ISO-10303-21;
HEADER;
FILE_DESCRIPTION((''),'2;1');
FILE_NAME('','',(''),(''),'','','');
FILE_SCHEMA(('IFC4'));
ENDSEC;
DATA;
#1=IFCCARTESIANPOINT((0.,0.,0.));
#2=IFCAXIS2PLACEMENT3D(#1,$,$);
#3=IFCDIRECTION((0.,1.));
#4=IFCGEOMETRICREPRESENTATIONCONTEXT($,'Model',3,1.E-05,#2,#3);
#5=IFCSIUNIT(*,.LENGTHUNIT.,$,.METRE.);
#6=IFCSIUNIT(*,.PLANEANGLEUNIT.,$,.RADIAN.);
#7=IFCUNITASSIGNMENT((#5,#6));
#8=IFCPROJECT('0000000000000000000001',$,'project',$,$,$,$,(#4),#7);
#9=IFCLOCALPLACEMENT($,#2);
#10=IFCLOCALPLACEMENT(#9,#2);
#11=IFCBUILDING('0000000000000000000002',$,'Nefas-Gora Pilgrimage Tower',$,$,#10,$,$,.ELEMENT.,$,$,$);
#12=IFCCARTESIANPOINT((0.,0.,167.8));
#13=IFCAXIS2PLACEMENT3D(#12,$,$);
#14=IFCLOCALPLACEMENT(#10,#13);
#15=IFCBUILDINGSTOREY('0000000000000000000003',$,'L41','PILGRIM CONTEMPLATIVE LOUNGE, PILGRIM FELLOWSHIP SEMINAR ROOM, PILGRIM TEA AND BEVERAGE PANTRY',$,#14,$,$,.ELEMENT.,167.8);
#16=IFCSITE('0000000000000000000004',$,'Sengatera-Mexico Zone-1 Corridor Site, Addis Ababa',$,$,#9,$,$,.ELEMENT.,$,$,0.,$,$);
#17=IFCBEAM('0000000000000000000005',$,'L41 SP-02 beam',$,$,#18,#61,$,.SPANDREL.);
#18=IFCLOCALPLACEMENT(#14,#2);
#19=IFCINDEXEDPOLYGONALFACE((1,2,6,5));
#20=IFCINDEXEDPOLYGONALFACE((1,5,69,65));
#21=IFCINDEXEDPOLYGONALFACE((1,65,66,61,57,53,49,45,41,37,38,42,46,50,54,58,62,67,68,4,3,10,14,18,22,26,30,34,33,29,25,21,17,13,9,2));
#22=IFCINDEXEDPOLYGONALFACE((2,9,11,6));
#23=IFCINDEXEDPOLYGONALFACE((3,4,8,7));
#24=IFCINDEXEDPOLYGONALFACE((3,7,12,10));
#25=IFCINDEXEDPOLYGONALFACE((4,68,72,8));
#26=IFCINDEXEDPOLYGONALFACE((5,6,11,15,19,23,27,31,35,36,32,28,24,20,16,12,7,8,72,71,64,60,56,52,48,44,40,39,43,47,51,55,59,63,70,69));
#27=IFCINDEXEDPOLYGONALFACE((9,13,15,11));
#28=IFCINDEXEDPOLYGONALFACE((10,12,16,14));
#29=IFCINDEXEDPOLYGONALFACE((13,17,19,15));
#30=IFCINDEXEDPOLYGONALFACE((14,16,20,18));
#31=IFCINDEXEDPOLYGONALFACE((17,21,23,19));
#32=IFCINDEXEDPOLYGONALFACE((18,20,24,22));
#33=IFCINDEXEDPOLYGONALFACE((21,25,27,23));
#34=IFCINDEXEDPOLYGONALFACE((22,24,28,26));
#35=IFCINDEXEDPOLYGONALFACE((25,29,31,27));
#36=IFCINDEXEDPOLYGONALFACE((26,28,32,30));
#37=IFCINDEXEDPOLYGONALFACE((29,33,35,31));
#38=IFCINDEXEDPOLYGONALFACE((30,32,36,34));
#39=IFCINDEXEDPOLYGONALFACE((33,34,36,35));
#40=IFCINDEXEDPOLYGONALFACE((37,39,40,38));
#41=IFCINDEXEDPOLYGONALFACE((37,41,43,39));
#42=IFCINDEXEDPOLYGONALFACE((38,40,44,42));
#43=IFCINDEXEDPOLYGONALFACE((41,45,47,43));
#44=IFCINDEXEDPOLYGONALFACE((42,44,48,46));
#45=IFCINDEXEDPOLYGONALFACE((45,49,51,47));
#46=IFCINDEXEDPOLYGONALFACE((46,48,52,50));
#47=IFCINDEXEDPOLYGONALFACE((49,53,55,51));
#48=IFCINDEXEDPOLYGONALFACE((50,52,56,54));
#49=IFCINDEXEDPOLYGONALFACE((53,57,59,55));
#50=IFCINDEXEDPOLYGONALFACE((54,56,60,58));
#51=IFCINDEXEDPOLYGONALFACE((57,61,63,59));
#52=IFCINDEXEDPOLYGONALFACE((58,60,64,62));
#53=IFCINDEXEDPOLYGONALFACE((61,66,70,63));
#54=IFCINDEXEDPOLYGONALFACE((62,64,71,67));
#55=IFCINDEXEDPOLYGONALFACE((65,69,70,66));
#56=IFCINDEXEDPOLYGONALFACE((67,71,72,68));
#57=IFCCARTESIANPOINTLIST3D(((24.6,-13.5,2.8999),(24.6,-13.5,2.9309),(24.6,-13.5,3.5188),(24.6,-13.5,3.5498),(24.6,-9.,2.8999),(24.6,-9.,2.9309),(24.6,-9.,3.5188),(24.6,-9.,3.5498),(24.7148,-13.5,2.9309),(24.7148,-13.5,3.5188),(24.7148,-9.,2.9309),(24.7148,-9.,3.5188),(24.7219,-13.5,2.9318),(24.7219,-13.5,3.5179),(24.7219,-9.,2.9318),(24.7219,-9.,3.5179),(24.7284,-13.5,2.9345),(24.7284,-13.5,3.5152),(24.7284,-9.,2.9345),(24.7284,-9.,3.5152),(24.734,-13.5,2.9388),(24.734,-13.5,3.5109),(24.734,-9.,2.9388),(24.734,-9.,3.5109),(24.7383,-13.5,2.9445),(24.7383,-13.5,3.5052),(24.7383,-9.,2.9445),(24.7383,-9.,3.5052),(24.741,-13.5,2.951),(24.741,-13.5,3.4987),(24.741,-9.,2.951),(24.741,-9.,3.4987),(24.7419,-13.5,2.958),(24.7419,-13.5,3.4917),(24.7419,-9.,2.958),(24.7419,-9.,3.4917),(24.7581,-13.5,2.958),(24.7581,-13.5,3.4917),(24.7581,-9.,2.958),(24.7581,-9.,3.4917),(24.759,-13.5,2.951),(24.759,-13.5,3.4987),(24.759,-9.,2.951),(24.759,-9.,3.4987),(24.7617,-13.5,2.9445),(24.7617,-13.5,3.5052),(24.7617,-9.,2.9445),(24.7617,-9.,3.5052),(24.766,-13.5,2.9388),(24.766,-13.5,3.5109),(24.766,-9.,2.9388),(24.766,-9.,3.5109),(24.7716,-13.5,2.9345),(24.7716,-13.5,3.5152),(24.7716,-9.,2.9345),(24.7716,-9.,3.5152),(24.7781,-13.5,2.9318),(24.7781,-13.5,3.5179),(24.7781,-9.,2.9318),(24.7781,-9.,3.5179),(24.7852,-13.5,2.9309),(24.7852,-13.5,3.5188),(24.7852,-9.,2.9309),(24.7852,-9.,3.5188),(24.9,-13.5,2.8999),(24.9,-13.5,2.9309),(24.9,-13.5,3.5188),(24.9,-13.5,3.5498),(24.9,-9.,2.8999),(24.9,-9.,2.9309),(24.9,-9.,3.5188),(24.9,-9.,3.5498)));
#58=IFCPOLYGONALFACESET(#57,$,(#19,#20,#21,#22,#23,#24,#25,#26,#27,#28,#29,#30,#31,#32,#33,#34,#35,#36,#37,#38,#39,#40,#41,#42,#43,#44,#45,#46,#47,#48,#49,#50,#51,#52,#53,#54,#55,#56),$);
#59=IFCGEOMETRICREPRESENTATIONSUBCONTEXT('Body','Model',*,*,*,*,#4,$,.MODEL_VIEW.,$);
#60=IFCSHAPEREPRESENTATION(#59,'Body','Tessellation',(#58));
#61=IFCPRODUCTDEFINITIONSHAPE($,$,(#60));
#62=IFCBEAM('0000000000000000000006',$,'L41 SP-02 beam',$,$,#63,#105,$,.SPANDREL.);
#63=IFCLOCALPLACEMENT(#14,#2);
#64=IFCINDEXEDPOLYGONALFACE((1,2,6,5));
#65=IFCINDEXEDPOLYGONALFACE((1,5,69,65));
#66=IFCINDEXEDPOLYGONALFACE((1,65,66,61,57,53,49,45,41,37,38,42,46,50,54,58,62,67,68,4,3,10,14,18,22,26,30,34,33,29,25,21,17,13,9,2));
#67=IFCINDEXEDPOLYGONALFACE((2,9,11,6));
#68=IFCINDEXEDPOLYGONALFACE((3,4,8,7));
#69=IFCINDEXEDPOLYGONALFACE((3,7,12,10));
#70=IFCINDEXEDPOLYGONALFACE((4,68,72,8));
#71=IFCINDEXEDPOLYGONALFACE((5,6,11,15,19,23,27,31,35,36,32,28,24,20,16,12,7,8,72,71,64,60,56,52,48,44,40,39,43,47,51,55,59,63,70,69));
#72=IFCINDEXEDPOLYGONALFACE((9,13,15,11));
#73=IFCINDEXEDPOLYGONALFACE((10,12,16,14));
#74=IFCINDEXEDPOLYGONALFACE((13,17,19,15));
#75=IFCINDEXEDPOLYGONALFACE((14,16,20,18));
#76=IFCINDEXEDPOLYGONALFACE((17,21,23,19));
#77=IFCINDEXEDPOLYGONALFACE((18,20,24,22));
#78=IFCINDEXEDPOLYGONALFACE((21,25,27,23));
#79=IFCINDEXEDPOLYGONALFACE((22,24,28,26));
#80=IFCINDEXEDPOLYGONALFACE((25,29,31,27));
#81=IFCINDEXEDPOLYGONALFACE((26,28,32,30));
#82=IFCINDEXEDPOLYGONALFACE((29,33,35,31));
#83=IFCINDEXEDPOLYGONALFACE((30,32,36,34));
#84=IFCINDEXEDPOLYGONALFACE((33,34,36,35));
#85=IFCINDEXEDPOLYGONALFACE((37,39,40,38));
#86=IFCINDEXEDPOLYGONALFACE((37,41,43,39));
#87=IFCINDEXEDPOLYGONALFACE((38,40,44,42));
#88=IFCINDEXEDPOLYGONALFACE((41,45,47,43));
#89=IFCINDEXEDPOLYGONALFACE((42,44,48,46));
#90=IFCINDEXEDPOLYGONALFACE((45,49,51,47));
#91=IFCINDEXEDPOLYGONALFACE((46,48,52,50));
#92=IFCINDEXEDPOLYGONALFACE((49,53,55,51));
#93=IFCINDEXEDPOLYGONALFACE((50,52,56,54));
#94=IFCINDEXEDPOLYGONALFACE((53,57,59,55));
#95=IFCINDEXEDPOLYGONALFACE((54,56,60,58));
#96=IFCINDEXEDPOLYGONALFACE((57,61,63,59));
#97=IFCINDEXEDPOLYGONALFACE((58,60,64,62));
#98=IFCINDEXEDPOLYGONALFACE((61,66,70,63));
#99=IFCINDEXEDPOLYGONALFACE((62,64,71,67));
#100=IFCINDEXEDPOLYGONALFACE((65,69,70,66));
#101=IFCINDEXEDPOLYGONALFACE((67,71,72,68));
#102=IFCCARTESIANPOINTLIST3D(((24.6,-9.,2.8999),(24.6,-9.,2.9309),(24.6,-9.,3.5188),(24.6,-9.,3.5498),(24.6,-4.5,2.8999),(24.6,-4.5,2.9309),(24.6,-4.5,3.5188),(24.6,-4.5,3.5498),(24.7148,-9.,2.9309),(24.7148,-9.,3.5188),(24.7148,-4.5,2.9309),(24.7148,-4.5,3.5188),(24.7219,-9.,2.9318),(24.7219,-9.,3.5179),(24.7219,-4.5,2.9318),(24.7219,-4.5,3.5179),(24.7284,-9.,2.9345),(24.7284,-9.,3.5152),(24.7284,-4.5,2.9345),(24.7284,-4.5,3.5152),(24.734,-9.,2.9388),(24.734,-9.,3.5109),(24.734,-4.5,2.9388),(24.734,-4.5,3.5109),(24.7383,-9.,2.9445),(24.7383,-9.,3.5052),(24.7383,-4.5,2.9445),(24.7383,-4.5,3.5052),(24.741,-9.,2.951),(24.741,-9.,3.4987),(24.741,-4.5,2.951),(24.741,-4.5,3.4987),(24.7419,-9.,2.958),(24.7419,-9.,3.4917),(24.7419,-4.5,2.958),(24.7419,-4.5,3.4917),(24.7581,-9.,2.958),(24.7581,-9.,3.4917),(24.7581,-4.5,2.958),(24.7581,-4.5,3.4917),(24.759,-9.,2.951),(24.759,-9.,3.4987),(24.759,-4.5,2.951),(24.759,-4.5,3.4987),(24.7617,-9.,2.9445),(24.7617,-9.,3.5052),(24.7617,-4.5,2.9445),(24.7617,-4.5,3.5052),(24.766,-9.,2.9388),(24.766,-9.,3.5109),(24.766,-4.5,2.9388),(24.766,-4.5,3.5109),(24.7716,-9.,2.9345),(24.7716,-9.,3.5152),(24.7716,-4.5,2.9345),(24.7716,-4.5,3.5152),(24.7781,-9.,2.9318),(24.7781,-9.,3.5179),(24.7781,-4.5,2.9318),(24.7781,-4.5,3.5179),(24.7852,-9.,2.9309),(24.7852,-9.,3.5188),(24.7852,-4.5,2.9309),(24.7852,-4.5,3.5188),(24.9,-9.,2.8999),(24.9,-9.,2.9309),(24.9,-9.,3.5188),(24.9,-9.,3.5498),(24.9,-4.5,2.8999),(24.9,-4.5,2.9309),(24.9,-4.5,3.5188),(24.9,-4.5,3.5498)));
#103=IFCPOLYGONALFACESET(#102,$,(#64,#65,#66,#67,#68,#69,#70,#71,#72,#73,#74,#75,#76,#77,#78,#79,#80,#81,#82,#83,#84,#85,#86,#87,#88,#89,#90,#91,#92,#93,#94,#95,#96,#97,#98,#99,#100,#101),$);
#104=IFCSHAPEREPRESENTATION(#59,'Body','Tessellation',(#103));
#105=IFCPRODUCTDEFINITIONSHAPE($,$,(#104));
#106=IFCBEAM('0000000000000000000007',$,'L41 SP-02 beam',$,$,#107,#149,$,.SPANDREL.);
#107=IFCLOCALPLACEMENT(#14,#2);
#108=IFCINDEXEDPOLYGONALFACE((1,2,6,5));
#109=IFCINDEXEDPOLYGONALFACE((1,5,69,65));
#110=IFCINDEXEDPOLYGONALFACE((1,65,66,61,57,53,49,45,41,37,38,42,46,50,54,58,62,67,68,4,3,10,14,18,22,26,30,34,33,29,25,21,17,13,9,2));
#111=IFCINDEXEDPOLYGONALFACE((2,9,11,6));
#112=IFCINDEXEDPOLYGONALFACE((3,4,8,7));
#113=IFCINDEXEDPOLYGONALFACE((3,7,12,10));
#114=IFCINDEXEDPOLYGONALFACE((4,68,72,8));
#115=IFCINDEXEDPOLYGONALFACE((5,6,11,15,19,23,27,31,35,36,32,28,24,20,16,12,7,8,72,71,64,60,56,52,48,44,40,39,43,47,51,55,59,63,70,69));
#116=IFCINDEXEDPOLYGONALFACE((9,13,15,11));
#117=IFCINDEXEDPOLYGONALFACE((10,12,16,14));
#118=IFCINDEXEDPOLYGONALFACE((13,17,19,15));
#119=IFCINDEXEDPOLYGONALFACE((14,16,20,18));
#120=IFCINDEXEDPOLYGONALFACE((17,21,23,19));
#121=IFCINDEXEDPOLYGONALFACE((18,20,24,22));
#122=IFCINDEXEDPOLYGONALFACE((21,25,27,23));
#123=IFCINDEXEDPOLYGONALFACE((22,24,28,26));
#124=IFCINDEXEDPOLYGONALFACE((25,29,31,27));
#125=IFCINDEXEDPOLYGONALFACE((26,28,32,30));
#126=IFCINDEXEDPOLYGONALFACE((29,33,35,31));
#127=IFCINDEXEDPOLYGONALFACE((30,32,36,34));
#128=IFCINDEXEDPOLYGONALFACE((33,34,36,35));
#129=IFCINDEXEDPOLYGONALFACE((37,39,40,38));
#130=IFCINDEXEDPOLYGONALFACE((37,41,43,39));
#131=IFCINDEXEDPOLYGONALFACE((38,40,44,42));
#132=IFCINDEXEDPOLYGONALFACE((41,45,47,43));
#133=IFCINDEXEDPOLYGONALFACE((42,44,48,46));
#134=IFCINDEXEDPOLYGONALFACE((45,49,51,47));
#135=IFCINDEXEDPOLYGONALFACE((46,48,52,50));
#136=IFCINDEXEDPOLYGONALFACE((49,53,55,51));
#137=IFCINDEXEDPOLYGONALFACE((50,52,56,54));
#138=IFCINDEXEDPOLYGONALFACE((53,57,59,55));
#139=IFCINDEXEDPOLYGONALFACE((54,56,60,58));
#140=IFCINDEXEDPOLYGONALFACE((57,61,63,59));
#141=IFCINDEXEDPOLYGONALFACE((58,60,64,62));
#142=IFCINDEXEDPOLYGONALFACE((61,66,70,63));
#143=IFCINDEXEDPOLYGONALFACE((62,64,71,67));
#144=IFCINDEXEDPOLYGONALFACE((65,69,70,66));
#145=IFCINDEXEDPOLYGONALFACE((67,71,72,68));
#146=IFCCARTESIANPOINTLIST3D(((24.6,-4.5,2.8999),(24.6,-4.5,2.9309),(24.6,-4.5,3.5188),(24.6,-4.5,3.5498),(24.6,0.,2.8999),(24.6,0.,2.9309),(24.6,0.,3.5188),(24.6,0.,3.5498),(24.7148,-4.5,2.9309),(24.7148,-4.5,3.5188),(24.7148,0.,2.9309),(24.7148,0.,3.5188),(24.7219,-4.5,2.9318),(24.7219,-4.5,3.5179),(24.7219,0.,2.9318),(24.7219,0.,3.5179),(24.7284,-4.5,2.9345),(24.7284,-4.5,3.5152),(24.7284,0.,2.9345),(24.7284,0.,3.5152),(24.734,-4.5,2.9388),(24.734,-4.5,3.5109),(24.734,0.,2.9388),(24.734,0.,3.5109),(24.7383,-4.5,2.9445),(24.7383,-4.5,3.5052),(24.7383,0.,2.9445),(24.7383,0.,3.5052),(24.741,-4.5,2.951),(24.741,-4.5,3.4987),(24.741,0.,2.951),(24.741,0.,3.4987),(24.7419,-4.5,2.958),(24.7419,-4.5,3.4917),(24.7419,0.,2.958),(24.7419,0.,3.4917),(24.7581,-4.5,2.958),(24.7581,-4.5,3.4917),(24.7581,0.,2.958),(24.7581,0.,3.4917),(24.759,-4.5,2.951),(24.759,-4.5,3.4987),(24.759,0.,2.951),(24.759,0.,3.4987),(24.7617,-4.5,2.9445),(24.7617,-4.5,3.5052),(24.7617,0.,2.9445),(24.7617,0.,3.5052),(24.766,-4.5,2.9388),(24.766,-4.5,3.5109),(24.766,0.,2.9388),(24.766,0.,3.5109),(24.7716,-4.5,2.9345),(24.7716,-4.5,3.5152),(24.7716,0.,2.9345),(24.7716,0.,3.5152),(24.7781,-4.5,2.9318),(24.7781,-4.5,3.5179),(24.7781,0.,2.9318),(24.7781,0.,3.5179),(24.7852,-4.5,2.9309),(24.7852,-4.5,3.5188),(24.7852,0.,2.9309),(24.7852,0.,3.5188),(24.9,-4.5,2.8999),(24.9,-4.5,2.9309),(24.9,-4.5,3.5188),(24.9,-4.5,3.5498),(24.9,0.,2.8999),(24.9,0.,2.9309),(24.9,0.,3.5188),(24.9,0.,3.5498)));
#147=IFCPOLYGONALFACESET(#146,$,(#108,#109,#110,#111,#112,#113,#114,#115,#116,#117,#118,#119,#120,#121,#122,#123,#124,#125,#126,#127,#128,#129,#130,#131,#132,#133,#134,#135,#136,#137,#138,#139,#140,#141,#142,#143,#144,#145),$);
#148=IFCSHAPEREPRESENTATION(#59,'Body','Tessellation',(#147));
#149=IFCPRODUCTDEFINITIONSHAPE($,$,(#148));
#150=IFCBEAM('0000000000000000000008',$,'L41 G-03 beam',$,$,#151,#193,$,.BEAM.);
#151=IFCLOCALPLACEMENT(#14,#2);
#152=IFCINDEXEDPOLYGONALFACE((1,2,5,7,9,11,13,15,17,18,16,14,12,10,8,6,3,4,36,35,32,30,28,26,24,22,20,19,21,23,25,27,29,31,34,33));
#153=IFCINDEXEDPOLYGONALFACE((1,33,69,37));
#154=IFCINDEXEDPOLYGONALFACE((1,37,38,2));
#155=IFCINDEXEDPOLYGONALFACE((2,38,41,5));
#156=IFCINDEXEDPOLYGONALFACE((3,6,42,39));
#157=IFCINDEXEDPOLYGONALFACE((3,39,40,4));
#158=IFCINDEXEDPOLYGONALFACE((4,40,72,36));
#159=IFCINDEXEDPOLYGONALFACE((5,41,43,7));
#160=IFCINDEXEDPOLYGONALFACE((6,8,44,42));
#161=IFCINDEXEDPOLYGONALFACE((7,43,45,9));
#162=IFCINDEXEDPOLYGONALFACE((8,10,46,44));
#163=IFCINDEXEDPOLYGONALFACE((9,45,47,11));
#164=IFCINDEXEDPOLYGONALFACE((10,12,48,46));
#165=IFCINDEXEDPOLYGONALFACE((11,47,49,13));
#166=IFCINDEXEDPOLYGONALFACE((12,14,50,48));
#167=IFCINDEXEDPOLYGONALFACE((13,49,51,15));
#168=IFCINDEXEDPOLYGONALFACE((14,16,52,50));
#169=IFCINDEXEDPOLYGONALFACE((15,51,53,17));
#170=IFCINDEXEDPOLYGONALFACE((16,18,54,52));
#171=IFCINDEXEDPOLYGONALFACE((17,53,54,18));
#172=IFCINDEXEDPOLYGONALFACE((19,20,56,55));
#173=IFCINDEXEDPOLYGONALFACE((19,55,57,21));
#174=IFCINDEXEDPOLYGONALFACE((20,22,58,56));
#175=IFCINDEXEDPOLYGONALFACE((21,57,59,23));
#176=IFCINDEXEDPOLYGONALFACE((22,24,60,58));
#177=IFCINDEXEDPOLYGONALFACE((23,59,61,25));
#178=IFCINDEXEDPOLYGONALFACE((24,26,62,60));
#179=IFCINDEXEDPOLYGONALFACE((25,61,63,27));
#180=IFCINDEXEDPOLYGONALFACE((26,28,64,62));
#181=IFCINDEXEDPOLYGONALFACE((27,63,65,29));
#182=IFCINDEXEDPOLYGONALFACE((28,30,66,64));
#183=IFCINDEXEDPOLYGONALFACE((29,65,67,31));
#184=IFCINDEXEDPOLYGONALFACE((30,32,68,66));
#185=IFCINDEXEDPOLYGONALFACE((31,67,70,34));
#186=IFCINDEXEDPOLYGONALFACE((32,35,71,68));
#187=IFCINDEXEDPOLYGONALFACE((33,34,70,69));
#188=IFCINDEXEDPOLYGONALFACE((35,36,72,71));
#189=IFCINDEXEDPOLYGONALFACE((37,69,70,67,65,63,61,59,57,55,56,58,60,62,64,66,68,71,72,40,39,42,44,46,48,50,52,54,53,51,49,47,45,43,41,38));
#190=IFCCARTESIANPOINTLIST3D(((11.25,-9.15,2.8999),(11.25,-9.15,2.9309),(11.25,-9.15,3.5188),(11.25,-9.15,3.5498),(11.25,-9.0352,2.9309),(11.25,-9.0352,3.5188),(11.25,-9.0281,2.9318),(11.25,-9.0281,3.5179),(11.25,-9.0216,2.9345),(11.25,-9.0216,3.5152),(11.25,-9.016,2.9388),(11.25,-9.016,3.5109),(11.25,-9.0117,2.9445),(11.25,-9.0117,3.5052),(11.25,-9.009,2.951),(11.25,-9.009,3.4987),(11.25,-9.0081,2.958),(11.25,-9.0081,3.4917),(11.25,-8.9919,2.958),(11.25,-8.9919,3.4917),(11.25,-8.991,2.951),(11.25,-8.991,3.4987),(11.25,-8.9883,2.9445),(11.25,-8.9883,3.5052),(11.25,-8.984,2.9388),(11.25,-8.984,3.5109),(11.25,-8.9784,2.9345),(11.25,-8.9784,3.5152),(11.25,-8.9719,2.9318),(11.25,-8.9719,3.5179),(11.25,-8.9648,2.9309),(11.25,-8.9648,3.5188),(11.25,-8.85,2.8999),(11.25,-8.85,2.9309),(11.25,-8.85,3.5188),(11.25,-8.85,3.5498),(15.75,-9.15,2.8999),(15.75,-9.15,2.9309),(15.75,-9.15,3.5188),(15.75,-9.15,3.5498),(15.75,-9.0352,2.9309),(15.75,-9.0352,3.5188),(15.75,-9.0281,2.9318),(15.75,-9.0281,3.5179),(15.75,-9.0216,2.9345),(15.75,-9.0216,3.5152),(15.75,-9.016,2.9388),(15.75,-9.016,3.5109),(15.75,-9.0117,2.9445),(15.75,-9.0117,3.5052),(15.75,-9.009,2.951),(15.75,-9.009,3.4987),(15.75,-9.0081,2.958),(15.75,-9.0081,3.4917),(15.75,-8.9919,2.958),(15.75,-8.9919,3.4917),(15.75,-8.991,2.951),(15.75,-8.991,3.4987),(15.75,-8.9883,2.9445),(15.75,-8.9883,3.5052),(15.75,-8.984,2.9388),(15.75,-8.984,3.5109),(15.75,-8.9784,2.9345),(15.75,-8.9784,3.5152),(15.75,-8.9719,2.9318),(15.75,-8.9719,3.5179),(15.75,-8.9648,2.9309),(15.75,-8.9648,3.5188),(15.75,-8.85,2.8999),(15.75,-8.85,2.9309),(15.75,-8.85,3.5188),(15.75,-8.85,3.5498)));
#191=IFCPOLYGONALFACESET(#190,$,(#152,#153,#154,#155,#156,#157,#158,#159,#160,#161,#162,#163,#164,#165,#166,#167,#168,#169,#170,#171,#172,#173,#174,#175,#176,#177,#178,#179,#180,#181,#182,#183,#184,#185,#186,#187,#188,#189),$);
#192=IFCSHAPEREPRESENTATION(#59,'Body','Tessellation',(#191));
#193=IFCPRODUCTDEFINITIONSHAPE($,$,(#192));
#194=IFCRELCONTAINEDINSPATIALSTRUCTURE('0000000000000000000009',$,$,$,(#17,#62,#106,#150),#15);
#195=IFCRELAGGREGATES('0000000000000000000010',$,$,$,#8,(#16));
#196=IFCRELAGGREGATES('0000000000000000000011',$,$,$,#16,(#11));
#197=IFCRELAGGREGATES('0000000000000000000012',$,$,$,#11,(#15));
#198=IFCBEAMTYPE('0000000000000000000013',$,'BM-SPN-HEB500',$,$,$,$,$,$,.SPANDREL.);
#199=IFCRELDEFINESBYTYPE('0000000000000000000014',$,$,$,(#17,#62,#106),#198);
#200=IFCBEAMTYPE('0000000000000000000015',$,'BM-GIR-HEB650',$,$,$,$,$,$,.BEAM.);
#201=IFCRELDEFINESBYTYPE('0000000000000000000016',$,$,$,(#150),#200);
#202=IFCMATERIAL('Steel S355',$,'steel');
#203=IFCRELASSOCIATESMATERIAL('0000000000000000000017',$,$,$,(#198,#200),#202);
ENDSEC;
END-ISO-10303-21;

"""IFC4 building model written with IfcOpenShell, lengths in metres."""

from ifc_helpers import new_model, si_unit, direction, frame, origin, origin_2d, place, context, subcontext, project, spatial, i_section, extrude, source, transform, mapped, material, material_profile, profile_set, type_object, element, save


model = new_model("IFC4")

# Units and contexts
model_context = context("Model", 3, precision=1e-05, world=origin(), true_north=direction((0.0, 1.0)))
body_context = subcontext(model_context, "Body", "Model", "MODEL_VIEW")
ifc_project = project(units=[si_unit("LENGTHUNIT", "METRE"), si_unit("PLANEANGLEUNIT", "RADIAN")], contexts=[model_context])

# Site, building, storey
site_placement = place(None, origin())
site = spatial("IfcSite", under=ifc_project, at=site_placement, Name="Sengatera-Mexico Zone-1 Corridor Site, Addis Ababa", CompositionType="ELEMENT", RefElevation=0.0)
building_placement = place(site_placement, origin())
building = spatial("IfcBuilding", under=site, at=building_placement, Name="Nefas-Gora Pilgrimage Tower", CompositionType="ELEMENT")
storey_placement = place(building_placement, frame((0.0, 0.0, 167.8)))
storey = spatial("IfcBuildingStorey", under=building, at=storey_placement, Name="L41", Description="PILGRIM CONTEMPLATIVE LOUNGE, PILGRIM FELLOWSHIP SEMINAR ROOM, PILGRIM TEA AND BEVERAGE PANTRY", CompositionType="ELEMENT", Elevation=167.8)

# Beams
ifc_material_1 = material(Name="Steel S355", Category="steel")
ifc_material_profile_1 = material_profile(ifc_material_1, i_section(OverallWidth=0.3, OverallDepth=0.6499, WebThickness=0.0161, FlangeThickness=0.031, FilletRadius=0.0271, at=origin_2d()), Name="HEB 650")
ifc_profile_set_1 = profile_set([ifc_material_profile_1], Name="Steel S355")
beam_type_1 = type_object("IfcBeamType", Name="BM-SPN-HEB500", PredefinedType="SPANDREL", material=ifc_profile_set_1)
shared_shape_1 = source(origin(), body_context, "Body", "SweptSolid", [
    extrude(i_section(OverallWidth=0.3, OverallDepth=0.6499, WebThickness=0.0161, FlangeThickness=0.031, FilletRadius=0.0271, at=origin_2d()), origin(), (0.0, 0.0, 1.0), 4.5),
])
for number, where, z_axis, x_axis, name in (
    (1, (24.75, -13.5, 3.2249), (0.0, 1.0, 0.0), (-1.0, 0.0, 0.0), "L41 SP-02 beam"),
    (2, (24.75, -9.0, 3.2249), (0.0, 1.0, 0.0), (-1.0, 0.0, 0.0), "L41 SP-02 beam"),
    (3, (24.75, -4.5, 3.2249), (0.0, 1.0, 0.0), (-1.0, 0.0, 0.0), "L41 SP-02 beam"),
):
    element("IfcBeam", number, at=place(storey_placement, frame(where, z_axis=z_axis, x_axis=x_axis)), inside=storey, type_object=beam_type_1, Name=name, PredefinedType="SPANDREL", context=body_context, shape_type="MappedRepresentation", body=[
        mapped(shared_shape_1, transform((0.0, 0.0, 0.0), x_axis=(1.0, 0.0, 0.0), y_axis=(0.0, 1.0, 0.0), z_axis=(0.0, 0.0, 1.0), scale=1.0)),
    ])
ifc_material_profile_2 = material_profile(ifc_material_1, i_section(OverallWidth=0.3, OverallDepth=0.6499, WebThickness=0.0161, FlangeThickness=0.031, FilletRadius=0.0271, at=origin_2d()), Name="HEB 650")
ifc_profile_set_2 = profile_set([ifc_material_profile_2], Name="Steel S355")
beam_type_2 = type_object("IfcBeamType", Name="BM-GIR-HEB650", PredefinedType="BEAM", material=ifc_profile_set_2)
shared_shape_2 = source(origin(), body_context, "Body", "SweptSolid", [
    extrude(i_section(OverallWidth=0.3, OverallDepth=0.6499, WebThickness=0.0161, FlangeThickness=0.031, FilletRadius=0.0271, at=origin_2d()), origin(), (0.0, 0.0, 1.0), 4.5),
])
for number, where, z_axis, x_axis, name in (
    (4, (11.25, -9.0, 3.2249), (1.0, 0.0, 0.0), (0.0, 1.0, 0.0), "L41 G-03 beam"),
):
    element("IfcBeam", number, at=place(storey_placement, frame(where, z_axis=z_axis, x_axis=x_axis)), inside=storey, type_object=beam_type_2, Name=name, PredefinedType="BEAM", context=body_context, shape_type="MappedRepresentation", body=[
        mapped(shared_shape_2, transform((0.0, 0.0, 0.0), x_axis=(1.0, 0.0, 0.0), y_axis=(0.0, 1.0, 0.0), z_axis=(0.0, 0.0, 1.0), scale=1.0)),
    ])

save(model, "model.ifc")
